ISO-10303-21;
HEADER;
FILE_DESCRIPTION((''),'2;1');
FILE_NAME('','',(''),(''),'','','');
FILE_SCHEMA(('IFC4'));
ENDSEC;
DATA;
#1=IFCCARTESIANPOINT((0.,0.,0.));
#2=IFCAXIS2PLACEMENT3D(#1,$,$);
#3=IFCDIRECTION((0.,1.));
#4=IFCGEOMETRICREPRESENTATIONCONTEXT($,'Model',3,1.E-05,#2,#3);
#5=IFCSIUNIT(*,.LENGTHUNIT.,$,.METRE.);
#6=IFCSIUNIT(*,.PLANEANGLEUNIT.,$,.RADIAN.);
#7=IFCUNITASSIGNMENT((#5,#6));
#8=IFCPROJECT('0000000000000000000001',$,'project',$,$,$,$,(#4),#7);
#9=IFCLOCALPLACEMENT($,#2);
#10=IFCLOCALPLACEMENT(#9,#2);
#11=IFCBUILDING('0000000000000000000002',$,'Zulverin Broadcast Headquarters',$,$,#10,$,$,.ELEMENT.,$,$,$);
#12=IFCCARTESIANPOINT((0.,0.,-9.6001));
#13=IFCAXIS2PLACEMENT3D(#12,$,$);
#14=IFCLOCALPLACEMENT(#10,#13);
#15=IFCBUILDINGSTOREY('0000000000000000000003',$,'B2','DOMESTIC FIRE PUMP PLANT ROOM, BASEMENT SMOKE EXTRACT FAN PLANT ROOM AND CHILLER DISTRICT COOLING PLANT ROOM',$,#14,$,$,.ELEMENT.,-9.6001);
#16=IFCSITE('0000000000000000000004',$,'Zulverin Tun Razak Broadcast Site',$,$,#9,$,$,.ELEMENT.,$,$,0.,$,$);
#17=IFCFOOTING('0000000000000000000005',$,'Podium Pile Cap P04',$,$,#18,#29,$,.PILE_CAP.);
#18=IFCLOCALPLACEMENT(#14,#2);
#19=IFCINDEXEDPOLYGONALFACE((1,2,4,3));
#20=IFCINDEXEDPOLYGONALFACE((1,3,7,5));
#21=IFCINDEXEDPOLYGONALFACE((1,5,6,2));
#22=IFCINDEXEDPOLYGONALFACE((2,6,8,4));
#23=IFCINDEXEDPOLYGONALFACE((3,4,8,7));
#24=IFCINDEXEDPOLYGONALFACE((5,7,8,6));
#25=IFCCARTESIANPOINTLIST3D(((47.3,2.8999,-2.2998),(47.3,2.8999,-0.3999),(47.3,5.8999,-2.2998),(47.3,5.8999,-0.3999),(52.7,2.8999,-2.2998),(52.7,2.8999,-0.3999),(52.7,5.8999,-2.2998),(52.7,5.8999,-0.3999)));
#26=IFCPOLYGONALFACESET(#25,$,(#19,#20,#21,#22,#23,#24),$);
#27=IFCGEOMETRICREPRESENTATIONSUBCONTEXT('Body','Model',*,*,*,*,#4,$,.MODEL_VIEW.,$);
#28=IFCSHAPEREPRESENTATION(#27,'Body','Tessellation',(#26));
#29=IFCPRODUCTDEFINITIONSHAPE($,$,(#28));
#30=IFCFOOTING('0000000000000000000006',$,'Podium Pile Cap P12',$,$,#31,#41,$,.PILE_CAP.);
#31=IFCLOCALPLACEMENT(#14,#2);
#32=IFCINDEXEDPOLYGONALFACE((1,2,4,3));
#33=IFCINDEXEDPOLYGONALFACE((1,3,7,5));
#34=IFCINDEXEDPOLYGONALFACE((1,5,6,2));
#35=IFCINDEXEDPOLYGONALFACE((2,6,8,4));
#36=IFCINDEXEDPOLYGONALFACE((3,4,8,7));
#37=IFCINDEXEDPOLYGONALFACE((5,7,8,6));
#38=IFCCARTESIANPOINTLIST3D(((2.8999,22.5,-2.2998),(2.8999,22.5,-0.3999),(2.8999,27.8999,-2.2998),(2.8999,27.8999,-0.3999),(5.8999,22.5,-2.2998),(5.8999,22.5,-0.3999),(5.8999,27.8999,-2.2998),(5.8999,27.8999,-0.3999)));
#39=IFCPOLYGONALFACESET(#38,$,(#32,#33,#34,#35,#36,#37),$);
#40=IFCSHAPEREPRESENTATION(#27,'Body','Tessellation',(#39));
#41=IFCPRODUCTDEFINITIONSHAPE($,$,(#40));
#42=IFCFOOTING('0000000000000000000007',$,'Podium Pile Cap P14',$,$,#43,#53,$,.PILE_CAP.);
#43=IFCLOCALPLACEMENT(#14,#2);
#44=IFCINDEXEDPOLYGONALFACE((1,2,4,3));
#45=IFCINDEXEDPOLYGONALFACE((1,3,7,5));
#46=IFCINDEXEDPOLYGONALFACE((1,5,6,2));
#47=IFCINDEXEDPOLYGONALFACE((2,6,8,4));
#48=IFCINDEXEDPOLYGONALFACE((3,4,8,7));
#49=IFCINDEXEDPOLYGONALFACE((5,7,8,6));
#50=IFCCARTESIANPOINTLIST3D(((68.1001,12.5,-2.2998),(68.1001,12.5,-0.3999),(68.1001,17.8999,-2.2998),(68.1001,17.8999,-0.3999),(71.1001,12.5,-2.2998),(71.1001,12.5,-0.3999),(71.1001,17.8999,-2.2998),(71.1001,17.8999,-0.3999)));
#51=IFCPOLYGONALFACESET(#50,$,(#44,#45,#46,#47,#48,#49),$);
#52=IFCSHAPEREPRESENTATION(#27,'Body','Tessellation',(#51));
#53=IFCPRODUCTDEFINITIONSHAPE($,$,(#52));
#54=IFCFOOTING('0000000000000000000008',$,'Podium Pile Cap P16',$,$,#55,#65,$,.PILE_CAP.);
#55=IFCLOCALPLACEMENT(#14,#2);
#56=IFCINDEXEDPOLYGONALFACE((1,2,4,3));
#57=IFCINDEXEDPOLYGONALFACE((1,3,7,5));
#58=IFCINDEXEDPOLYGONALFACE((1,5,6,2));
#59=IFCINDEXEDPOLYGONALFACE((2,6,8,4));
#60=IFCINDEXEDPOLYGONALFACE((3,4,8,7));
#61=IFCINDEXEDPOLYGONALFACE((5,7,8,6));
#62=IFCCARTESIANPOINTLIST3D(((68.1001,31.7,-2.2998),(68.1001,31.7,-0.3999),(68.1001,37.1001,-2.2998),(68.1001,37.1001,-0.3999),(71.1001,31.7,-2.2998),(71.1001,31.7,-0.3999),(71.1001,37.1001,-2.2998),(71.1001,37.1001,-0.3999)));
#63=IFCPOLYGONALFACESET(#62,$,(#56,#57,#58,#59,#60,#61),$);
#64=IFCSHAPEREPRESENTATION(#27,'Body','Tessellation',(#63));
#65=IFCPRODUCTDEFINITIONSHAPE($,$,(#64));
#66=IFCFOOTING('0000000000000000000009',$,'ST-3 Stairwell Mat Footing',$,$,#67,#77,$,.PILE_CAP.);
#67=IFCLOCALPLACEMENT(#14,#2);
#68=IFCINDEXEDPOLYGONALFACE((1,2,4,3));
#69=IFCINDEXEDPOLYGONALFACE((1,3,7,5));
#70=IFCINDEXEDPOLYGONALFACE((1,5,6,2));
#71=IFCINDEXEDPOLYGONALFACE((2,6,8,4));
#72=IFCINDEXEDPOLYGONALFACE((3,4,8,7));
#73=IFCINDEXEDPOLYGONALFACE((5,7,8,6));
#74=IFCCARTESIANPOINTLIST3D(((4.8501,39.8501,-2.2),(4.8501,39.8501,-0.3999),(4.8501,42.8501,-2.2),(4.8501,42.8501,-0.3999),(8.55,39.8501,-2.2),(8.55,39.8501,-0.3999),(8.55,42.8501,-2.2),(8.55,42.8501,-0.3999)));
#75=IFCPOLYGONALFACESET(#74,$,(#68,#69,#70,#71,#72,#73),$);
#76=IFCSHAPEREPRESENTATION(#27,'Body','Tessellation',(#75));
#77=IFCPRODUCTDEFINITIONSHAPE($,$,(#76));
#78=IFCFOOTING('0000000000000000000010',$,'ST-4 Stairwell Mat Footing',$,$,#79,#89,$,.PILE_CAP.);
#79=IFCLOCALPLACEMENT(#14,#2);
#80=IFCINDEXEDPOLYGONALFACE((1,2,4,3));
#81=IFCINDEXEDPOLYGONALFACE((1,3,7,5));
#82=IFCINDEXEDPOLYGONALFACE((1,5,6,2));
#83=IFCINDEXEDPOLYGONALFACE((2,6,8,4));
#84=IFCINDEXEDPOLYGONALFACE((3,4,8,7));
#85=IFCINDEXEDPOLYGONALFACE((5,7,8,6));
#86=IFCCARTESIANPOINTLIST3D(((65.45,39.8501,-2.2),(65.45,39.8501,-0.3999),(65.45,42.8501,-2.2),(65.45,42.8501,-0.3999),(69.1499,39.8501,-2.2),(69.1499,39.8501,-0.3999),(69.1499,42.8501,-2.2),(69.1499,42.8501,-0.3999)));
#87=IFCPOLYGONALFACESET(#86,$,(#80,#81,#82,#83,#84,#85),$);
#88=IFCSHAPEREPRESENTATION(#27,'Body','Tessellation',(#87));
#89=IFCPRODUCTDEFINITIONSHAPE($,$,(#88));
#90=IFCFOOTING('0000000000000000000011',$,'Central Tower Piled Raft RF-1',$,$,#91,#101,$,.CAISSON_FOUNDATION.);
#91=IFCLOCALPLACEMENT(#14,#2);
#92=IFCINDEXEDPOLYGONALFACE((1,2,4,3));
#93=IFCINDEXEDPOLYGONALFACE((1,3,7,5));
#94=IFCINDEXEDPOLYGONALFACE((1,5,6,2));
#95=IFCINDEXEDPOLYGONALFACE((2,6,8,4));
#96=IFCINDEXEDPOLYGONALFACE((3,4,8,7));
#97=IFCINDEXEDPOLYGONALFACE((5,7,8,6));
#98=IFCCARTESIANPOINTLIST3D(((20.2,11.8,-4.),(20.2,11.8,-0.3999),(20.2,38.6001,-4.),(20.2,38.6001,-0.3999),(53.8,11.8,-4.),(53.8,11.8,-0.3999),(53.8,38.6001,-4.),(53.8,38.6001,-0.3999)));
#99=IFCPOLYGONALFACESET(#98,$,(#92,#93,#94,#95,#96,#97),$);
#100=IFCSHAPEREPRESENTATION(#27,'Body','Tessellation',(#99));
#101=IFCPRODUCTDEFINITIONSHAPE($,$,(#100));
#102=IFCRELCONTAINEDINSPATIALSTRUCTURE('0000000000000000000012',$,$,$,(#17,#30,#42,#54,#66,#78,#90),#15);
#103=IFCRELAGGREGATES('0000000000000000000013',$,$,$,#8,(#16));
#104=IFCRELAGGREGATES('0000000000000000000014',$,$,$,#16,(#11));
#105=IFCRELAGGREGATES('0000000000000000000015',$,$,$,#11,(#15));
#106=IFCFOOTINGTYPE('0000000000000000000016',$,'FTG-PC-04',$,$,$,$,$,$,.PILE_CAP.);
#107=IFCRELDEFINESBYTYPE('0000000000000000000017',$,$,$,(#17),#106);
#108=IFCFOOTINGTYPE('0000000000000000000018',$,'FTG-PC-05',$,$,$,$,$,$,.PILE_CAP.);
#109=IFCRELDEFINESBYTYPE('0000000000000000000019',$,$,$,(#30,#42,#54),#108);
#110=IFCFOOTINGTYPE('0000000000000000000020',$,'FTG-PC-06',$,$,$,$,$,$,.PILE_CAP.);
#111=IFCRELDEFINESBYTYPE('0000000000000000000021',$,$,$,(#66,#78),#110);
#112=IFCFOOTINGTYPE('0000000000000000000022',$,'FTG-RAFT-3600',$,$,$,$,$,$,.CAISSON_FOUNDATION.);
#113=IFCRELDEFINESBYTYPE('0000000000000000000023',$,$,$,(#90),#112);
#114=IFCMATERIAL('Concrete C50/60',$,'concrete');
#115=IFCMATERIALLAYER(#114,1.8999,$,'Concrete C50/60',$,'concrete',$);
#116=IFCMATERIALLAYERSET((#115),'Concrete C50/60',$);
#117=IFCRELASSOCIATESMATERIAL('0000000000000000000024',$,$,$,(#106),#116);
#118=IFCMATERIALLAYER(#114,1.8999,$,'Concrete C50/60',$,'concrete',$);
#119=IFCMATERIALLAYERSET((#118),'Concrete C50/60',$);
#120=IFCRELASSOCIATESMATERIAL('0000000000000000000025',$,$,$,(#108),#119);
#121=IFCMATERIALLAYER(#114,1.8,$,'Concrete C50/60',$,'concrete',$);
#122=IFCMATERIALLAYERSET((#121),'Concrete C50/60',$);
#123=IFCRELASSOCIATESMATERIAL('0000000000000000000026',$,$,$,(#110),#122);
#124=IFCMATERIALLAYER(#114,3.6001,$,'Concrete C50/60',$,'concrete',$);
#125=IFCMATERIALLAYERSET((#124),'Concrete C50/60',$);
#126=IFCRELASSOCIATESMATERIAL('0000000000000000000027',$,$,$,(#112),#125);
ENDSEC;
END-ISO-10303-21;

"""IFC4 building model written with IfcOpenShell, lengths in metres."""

from ifc_helpers import new_model, si_unit, direction, frame, origin, place, context, subcontext, project, spatial, polyline, outline, extrude, material, layer, layer_set, type_object, element, save


model = new_model("IFC4")

# Units and contexts
model_context = context("Model", 3, precision=1e-05, world=origin(), true_north=direction((0.0, 1.0)))
body_context = subcontext(model_context, "Body", "Model", "MODEL_VIEW")
ifc_project = project(units=[si_unit("LENGTHUNIT", "METRE"), si_unit("PLANEANGLEUNIT", "RADIAN")], contexts=[model_context])

# Site, building, storey
site_placement = place(None, origin())
site = spatial("IfcSite", under=ifc_project, at=site_placement, Name="Zulverin Tun Razak Broadcast Site", CompositionType="ELEMENT", RefElevation=0.0)
building_placement = place(site_placement, origin())
building = spatial("IfcBuilding", under=site, at=building_placement, Name="Zulverin Broadcast Headquarters", CompositionType="ELEMENT")
storey_placement = place(building_placement, frame((0.0, 0.0, -9.6001)))
storey = spatial("IfcBuildingStorey", under=building, at=storey_placement, Name="B2", Description="DOMESTIC FIRE PUMP PLANT ROOM, BASEMENT SMOKE EXTRACT FAN PLANT ROOM AND CHILLER DISTRICT COOLING PLANT ROOM", CompositionType="ELEMENT", Elevation=-9.6001)

# Footings
ifc_material = material(Name="Concrete C50/60", Category="concrete")
ifc_layer_1 = layer(ifc_material, 1.8999, Name="Concrete C50/60", Category="concrete")
ifc_layer_set_1 = layer_set([ifc_layer_1], Name="Concrete C50/60")
footing_type_1 = type_object("IfcFootingType", Name="FTG-PC-04", PredefinedType="PILE_CAP", material=ifc_layer_set_1)
footing_1_placement = place(storey_placement, frame((0.0, 0.0, -2.2998)))
element("IfcFooting", 1, at=footing_1_placement, inside=storey, type_object=footing_type_1, Name="Podium Pile Cap P04", PredefinedType="PILE_CAP", context=body_context, shape_type="SweptSolid", body=[
    extrude(outline(polyline([(47.3, 2.8999), (52.7, 2.8999), (52.7, 5.8999), (47.3, 5.8999), (47.3, 2.8999)])), origin(), (0.0, 0.0, 1.0), 1.8999),
])
ifc_layer_2 = layer(ifc_material, 1.8999, Name="Concrete C50/60", Category="concrete")
ifc_layer_set_2 = layer_set([ifc_layer_2], Name="Concrete C50/60")
footing_type_2 = type_object("IfcFootingType", Name="FTG-PC-05", PredefinedType="PILE_CAP", material=ifc_layer_set_2)
footing_2_placement = place(storey_placement, frame((0.0, 0.0, -2.2998)))
element("IfcFooting", 2, at=footing_2_placement, inside=storey, type_object=footing_type_2, Name="Podium Pile Cap P12", PredefinedType="PILE_CAP", context=body_context, shape_type="SweptSolid", body=[
    extrude(outline(polyline([(2.8999, 22.5), (5.8999, 22.5), (5.8999, 27.8999), (2.8999, 27.8999), (2.8999, 22.5)])), origin(), (0.0, 0.0, 1.0), 1.8999),
])
footing_3_placement = place(storey_placement, frame((0.0, 0.0, -2.2998)))
element("IfcFooting", 3, at=footing_3_placement, inside=storey, type_object=footing_type_2, Name="Podium Pile Cap P14", PredefinedType="PILE_CAP", context=body_context, shape_type="SweptSolid", body=[
    extrude(outline(polyline([(68.1001, 12.5), (71.1001, 12.5), (71.1001, 17.8999), (68.1001, 17.8999), (68.1001, 12.5)])), origin(), (0.0, 0.0, 1.0), 1.8999),
])
footing_4_placement = place(storey_placement, frame((0.0, 0.0, -2.2998)))
element("IfcFooting", 4, at=footing_4_placement, inside=storey, type_object=footing_type_2, Name="Podium Pile Cap P16", PredefinedType="PILE_CAP", context=body_context, shape_type="SweptSolid", body=[
    extrude(outline(polyline([(68.1001, 31.7), (71.1001, 31.7), (71.1001, 37.1001), (68.1001, 37.1001), (68.1001, 31.7)])), origin(), (0.0, 0.0, 1.0), 1.8999),
])
ifc_layer_3 = layer(ifc_material, 1.8, Name="Concrete C50/60", Category="concrete")
ifc_layer_set_3 = layer_set([ifc_layer_3], Name="Concrete C50/60")
footing_type_3 = type_object("IfcFootingType", Name="FTG-PC-06", PredefinedType="PILE_CAP", material=ifc_layer_set_3)
footing_5_placement = place(storey_placement, frame((0.0, 0.0, -2.2)))
element("IfcFooting", 5, at=footing_5_placement, inside=storey, type_object=footing_type_3, Name="ST-3 Stairwell Mat Footing", PredefinedType="PILE_CAP", context=body_context, shape_type="SweptSolid", body=[
    extrude(outline(polyline([(4.8501, 39.8501), (8.55, 39.8501), (8.55, 42.8501), (4.8501, 42.8501), (4.8501, 39.8501)])), origin(), (0.0, 0.0, 1.0), 1.8),
])
footing_6_placement = place(storey_placement, frame((0.0, 0.0, -2.2)))
element("IfcFooting", 6, at=footing_6_placement, inside=storey, type_object=footing_type_3, Name="ST-4 Stairwell Mat Footing", PredefinedType="PILE_CAP", context=body_context, shape_type="SweptSolid", body=[
    extrude(outline(polyline([(65.45, 39.8501), (69.1499, 39.8501), (69.1499, 42.8501), (65.45, 42.8501), (65.45, 39.8501)])), origin(), (0.0, 0.0, 1.0), 1.8),
])
ifc_layer_4 = layer(ifc_material, 3.6001, Name="Concrete C50/60", Category="concrete")
ifc_layer_set_4 = layer_set([ifc_layer_4], Name="Concrete C50/60")
footing_type_4 = type_object("IfcFootingType", Name="FTG-RAFT-3600", PredefinedType="CAISSON_FOUNDATION", material=ifc_layer_set_4)
footing_7_placement = place(storey_placement, frame((0.0, 0.0, -4.0)))
element("IfcFooting", 7, at=footing_7_placement, inside=storey, type_object=footing_type_4, Name="Central Tower Piled Raft RF-1", PredefinedType="CAISSON_FOUNDATION", context=body_context, shape_type="SweptSolid", body=[
    extrude(outline(polyline([(20.2, 11.8), (53.8, 11.8), (53.8, 38.6001), (20.2, 38.6001), (20.2, 11.8)])), origin(), (0.0, 0.0, 1.0), 3.6001),
])

save(model, "model.ifc")
